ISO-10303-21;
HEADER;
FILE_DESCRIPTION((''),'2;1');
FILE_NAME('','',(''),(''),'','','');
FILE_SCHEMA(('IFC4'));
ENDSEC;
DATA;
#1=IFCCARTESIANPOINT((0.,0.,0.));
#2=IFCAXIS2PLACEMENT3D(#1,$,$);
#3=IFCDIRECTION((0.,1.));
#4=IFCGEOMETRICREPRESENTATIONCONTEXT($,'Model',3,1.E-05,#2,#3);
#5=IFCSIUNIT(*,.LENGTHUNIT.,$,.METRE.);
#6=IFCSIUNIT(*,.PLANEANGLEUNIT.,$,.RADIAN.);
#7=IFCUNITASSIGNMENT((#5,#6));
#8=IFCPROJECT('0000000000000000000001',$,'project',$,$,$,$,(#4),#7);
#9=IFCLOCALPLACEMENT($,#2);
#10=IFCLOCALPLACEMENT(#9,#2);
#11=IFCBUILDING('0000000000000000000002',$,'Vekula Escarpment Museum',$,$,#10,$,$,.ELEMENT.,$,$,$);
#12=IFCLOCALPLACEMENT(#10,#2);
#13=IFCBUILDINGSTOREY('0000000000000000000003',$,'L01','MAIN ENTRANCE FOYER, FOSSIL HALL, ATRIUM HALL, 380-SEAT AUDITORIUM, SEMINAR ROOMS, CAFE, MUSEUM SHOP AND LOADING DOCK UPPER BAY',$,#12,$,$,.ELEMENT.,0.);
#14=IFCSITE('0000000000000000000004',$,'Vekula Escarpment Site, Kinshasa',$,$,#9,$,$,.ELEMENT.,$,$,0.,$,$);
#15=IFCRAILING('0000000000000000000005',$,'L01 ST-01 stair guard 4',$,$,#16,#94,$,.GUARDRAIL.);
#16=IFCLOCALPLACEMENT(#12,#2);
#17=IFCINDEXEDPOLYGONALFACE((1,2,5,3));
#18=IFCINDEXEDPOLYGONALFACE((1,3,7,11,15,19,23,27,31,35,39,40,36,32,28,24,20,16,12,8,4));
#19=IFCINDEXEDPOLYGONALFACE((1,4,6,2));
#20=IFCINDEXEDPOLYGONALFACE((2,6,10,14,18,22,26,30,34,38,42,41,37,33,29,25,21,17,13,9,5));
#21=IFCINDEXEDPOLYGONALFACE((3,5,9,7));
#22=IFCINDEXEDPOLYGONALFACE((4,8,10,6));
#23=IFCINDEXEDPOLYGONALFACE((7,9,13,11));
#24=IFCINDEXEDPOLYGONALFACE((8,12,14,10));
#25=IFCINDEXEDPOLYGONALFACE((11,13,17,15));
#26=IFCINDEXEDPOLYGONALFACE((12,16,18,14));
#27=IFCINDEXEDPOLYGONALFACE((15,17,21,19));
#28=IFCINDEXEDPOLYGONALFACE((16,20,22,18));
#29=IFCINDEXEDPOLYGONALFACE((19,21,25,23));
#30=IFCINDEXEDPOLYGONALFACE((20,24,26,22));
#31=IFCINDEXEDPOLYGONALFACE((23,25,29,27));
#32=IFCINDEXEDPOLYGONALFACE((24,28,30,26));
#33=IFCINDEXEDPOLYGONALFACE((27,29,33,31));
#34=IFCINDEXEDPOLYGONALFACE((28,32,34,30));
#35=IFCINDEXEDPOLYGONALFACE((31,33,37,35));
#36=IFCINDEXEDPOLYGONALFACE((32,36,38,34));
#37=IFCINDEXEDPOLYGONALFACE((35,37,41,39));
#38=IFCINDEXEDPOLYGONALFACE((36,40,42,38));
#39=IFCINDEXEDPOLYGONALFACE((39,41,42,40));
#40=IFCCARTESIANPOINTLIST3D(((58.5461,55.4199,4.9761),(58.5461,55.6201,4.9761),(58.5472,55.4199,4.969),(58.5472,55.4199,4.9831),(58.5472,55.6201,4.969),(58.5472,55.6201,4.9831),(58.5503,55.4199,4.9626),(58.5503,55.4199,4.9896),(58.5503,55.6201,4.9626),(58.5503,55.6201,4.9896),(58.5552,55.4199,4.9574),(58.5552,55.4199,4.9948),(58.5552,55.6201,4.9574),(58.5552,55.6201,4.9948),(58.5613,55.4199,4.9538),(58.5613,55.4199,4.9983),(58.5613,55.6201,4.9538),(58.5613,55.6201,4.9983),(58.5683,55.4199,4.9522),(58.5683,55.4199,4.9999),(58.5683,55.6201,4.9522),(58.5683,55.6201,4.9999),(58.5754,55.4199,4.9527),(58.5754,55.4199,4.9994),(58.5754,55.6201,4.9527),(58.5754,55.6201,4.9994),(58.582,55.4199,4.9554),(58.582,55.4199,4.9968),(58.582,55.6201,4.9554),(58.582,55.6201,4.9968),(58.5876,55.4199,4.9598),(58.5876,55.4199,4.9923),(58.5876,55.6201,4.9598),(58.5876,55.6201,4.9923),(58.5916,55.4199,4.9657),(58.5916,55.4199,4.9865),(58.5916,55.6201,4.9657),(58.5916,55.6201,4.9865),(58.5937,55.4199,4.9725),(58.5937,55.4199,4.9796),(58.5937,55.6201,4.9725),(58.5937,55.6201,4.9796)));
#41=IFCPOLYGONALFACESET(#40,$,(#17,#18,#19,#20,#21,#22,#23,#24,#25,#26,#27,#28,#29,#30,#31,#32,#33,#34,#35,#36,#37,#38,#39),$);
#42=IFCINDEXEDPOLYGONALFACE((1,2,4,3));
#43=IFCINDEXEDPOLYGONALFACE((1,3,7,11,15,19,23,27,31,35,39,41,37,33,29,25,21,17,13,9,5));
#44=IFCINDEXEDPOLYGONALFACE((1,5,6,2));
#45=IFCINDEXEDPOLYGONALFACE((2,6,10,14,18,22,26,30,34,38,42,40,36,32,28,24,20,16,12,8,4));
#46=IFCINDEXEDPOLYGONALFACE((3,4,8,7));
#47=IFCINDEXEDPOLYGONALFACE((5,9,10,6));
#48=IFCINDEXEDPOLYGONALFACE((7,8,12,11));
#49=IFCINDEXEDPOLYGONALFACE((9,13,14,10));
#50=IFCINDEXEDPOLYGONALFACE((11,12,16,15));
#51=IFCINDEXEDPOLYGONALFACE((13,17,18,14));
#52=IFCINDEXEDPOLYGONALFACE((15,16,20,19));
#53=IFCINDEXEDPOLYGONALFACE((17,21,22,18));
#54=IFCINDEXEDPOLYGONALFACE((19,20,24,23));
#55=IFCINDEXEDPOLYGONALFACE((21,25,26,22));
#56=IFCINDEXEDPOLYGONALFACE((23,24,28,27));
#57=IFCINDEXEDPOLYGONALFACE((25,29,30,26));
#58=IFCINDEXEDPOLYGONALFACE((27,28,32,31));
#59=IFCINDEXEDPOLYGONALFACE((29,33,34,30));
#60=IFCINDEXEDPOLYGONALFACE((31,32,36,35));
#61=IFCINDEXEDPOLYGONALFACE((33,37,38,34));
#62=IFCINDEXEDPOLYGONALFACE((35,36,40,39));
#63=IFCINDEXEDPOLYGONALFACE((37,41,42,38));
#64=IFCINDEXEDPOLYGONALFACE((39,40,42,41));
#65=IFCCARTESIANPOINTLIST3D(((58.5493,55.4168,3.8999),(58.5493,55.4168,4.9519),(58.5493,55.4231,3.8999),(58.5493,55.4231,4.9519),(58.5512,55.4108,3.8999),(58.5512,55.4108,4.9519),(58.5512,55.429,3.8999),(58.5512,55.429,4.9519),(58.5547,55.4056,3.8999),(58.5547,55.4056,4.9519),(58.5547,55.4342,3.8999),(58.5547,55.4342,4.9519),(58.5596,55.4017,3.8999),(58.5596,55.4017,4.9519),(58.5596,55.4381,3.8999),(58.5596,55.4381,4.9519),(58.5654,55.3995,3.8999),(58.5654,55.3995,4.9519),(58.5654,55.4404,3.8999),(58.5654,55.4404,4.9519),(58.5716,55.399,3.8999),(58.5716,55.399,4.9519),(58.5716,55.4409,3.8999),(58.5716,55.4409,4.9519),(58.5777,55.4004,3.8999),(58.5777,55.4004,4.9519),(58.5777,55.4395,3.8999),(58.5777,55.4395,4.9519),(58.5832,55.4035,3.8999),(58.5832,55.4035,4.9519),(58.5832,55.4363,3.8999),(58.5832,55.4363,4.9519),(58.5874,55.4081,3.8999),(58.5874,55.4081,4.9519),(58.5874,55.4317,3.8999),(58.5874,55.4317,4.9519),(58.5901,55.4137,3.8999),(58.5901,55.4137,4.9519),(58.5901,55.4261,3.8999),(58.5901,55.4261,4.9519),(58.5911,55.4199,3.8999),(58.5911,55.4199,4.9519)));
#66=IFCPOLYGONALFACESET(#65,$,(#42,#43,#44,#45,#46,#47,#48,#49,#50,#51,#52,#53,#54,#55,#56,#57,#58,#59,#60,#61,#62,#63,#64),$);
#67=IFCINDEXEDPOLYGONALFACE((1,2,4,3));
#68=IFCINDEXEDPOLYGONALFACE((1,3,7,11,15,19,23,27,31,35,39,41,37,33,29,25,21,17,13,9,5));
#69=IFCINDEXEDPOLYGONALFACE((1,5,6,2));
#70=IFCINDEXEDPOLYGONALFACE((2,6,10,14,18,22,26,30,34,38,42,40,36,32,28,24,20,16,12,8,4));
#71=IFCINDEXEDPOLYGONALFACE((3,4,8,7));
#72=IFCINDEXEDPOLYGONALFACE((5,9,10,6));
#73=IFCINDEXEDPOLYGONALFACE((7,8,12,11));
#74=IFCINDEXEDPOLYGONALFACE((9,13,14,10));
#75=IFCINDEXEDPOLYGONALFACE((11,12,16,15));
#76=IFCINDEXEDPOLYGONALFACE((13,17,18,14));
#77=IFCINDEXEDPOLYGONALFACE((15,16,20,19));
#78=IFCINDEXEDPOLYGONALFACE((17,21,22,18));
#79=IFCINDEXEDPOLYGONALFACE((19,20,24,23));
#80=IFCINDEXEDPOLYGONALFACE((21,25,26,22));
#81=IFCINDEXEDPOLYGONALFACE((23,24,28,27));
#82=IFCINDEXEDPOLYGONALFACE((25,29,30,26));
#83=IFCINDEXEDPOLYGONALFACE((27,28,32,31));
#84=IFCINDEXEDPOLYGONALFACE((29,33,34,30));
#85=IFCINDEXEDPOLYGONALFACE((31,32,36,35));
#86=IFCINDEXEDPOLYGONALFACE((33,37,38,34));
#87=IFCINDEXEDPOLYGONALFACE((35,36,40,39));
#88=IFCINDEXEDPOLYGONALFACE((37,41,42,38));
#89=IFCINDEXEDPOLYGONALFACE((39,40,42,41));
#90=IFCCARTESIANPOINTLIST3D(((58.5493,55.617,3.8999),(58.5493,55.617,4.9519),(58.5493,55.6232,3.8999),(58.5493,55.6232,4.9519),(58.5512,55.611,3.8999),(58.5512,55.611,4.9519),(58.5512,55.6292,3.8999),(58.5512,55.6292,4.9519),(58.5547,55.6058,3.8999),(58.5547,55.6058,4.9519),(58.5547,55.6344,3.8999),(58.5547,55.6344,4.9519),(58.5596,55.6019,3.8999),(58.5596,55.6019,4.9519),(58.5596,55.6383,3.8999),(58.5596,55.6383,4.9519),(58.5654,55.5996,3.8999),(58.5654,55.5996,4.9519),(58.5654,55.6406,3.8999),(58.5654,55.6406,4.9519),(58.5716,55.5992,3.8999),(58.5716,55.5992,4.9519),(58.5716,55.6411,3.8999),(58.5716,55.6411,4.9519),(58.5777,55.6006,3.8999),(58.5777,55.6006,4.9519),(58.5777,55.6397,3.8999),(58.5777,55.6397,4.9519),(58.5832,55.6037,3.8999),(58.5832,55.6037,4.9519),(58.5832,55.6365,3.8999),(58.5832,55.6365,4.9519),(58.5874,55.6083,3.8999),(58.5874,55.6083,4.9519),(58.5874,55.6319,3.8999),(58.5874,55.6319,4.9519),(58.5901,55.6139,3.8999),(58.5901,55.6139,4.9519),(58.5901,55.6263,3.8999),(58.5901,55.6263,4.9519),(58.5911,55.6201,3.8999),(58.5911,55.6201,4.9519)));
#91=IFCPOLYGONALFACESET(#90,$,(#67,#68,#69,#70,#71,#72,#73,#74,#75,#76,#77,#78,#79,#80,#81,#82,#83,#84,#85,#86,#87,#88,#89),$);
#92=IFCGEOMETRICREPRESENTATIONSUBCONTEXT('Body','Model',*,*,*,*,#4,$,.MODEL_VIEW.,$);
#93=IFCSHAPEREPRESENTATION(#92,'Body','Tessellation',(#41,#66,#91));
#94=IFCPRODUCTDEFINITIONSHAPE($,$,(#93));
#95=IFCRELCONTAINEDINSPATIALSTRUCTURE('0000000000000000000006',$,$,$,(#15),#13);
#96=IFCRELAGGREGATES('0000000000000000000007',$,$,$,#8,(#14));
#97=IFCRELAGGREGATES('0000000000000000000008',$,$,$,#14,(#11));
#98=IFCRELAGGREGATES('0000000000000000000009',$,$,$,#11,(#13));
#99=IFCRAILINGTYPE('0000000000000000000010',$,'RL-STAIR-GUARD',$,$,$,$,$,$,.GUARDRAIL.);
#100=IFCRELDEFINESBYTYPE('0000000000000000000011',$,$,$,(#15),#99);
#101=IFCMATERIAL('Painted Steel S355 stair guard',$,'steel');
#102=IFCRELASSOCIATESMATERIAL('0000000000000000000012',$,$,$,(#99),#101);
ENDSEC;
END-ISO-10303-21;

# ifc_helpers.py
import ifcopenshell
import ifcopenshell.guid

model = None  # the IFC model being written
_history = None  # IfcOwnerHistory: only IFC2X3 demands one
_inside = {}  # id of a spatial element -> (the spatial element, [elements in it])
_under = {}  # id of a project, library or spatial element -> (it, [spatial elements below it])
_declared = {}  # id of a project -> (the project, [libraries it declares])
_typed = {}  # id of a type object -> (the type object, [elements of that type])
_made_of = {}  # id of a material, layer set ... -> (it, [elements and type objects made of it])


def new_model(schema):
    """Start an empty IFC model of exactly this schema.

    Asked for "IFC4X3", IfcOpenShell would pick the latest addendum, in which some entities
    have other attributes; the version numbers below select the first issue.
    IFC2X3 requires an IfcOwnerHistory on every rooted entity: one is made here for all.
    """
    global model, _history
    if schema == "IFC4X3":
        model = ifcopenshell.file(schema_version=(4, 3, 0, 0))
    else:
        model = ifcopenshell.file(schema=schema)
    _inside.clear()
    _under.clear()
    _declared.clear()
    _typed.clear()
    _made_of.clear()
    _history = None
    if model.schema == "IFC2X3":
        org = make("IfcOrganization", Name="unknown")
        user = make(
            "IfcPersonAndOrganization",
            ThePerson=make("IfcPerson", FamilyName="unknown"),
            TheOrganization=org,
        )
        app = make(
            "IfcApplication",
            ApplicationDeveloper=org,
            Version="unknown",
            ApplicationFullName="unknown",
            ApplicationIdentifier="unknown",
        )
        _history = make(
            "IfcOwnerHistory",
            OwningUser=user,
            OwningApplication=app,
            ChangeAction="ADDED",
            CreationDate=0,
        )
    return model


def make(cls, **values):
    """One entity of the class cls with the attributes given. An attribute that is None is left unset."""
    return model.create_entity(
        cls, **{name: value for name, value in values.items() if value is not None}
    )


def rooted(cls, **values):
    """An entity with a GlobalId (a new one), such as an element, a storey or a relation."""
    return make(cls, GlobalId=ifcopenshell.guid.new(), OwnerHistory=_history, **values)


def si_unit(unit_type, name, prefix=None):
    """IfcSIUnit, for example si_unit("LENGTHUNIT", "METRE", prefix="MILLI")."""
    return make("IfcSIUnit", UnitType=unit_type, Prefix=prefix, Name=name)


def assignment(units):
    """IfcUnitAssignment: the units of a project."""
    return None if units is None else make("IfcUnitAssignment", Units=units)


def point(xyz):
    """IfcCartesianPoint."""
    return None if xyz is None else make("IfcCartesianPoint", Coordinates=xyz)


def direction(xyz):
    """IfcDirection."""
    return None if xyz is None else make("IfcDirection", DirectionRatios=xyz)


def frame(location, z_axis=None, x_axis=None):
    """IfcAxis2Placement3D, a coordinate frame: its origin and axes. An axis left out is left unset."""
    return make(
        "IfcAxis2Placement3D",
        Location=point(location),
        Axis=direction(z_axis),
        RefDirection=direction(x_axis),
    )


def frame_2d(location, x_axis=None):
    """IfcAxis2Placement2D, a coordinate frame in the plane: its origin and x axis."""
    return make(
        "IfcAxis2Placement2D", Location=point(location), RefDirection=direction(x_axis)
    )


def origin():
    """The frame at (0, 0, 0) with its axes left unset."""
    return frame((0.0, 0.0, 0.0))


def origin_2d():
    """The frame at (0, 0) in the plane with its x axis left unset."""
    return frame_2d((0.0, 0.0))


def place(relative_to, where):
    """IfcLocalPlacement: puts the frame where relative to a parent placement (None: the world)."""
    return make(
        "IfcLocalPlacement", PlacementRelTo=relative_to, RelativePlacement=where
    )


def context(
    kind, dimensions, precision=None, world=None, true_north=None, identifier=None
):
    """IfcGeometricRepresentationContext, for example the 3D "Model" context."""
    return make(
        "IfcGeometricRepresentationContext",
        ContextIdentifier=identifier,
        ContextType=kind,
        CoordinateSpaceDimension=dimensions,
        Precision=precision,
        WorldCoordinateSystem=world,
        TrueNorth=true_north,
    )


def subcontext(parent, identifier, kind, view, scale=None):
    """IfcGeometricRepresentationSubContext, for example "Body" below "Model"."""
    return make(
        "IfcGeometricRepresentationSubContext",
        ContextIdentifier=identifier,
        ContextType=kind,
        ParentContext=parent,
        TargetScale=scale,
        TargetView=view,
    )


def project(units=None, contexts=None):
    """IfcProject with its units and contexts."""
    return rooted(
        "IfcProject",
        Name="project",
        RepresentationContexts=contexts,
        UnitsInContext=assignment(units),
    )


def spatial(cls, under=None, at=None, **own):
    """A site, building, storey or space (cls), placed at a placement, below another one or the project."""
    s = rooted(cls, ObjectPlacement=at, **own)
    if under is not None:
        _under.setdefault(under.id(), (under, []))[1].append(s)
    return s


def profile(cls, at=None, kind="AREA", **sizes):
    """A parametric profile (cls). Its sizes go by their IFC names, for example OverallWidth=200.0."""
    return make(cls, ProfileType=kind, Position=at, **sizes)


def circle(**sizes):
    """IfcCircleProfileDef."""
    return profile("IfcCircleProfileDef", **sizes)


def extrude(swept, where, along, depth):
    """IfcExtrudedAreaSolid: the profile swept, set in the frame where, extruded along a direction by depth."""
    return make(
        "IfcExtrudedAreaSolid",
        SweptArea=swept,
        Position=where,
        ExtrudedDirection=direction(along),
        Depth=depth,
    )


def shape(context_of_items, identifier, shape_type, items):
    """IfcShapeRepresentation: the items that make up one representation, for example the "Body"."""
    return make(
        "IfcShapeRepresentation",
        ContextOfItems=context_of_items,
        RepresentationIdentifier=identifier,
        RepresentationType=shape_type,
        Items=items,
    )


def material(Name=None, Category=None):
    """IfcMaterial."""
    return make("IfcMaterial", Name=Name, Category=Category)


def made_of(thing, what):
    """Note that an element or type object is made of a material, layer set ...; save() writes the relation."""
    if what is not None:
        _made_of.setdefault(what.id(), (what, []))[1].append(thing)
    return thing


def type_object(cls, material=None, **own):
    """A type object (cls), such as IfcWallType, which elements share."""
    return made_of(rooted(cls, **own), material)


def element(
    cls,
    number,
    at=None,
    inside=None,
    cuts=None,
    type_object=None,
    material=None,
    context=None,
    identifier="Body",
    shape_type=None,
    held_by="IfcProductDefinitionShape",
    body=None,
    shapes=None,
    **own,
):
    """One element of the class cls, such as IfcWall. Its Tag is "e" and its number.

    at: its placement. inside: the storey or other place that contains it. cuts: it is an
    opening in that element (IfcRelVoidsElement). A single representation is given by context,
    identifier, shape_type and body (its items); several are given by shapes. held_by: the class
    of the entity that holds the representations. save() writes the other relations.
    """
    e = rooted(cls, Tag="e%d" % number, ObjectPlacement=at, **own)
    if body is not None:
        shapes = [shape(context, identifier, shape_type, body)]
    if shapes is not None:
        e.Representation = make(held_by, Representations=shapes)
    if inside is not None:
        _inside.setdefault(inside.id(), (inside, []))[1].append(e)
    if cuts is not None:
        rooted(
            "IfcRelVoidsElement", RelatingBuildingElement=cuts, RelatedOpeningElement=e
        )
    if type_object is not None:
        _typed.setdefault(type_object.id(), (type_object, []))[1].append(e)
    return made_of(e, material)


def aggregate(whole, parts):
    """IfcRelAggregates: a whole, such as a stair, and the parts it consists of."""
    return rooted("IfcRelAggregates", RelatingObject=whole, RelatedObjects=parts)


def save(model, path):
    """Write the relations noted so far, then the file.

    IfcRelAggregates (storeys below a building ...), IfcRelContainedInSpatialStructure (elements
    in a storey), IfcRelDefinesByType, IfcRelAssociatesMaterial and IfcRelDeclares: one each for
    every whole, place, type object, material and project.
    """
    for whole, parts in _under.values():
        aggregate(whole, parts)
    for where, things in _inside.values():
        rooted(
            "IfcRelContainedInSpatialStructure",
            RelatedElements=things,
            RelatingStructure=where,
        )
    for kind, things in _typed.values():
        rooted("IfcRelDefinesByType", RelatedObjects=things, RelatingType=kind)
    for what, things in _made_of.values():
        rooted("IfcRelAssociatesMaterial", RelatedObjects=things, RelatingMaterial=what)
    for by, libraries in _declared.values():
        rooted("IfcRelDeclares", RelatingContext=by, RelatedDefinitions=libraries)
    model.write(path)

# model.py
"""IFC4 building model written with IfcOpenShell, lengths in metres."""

from ifc_helpers import new_model, si_unit, direction, frame, origin, origin_2d, place, context, subcontext, project, spatial, circle, extrude, material, type_object, element, save


model = new_model("IFC4")

# Units and contexts
model_context = context("Model", 3, precision=1e-05, world=origin(), true_north=direction((0.0, 1.0)))
body_context = subcontext(model_context, "Body", "Model", "MODEL_VIEW")
ifc_project = project(units=[si_unit("LENGTHUNIT", "METRE"), si_unit("PLANEANGLEUNIT", "RADIAN")], contexts=[model_context])

# Site, building, storey
site_placement = place(None, origin())
site = spatial("IfcSite", under=ifc_project, at=site_placement, Name="Vekula Escarpment Site, Kinshasa", CompositionType="ELEMENT", RefElevation=0.0)
building_placement = place(site_placement, origin())
building = spatial("IfcBuilding", under=site, at=building_placement, Name="Vekula Escarpment Museum", CompositionType="ELEMENT")
storey_placement = place(building_placement, origin())
storey = spatial("IfcBuildingStorey", under=building, at=storey_placement, Name="L01", Description="MAIN ENTRANCE FOYER, FOSSIL HALL, ATRIUM HALL, 380-SEAT AUDITORIUM, SEMINAR ROOMS, CAFE, MUSEUM SHOP AND LOADING DOCK UPPER BAY", CompositionType="ELEMENT", Elevation=0.0)

# Railing
ifc_material_1 = material(Name="Painted Steel S355 stair guard", Category="steel")
railing_type_1 = type_object("IfcRailingType", Name="RL-STAIR-GUARD", PredefinedType="GUARDRAIL", material=ifc_material_1)
railing_1_placement = place(storey_placement, frame((58.5701, 55.4199, 3.8999)))
element("IfcRailing", 1, at=railing_1_placement, inside=storey, type_object=railing_type_1, Name="L01 ST-01 stair guard 4", PredefinedType="GUARDRAIL", context=body_context, shape_type="SweptSolid", body=[
    extrude(circle(Radius=0.0239, at=origin_2d()), frame((0.0, 0.0, 1.0762), z_axis=(0.0, 1.0, 0.0), x_axis=(-1.0, 0.0, 0.0)), (0.0, 0.0, 1.0), 0.2002),
    extrude(circle(Radius=0.021, at=origin_2d()), origin(), (0.0, 0.0, 1.0), 1.052),
    extrude(circle(Radius=0.021, at=origin_2d()), frame((0.0, 0.2002, 0.0)), (0.0, 0.0, 1.0), 1.052),
])

save(model, "model.ifc")
